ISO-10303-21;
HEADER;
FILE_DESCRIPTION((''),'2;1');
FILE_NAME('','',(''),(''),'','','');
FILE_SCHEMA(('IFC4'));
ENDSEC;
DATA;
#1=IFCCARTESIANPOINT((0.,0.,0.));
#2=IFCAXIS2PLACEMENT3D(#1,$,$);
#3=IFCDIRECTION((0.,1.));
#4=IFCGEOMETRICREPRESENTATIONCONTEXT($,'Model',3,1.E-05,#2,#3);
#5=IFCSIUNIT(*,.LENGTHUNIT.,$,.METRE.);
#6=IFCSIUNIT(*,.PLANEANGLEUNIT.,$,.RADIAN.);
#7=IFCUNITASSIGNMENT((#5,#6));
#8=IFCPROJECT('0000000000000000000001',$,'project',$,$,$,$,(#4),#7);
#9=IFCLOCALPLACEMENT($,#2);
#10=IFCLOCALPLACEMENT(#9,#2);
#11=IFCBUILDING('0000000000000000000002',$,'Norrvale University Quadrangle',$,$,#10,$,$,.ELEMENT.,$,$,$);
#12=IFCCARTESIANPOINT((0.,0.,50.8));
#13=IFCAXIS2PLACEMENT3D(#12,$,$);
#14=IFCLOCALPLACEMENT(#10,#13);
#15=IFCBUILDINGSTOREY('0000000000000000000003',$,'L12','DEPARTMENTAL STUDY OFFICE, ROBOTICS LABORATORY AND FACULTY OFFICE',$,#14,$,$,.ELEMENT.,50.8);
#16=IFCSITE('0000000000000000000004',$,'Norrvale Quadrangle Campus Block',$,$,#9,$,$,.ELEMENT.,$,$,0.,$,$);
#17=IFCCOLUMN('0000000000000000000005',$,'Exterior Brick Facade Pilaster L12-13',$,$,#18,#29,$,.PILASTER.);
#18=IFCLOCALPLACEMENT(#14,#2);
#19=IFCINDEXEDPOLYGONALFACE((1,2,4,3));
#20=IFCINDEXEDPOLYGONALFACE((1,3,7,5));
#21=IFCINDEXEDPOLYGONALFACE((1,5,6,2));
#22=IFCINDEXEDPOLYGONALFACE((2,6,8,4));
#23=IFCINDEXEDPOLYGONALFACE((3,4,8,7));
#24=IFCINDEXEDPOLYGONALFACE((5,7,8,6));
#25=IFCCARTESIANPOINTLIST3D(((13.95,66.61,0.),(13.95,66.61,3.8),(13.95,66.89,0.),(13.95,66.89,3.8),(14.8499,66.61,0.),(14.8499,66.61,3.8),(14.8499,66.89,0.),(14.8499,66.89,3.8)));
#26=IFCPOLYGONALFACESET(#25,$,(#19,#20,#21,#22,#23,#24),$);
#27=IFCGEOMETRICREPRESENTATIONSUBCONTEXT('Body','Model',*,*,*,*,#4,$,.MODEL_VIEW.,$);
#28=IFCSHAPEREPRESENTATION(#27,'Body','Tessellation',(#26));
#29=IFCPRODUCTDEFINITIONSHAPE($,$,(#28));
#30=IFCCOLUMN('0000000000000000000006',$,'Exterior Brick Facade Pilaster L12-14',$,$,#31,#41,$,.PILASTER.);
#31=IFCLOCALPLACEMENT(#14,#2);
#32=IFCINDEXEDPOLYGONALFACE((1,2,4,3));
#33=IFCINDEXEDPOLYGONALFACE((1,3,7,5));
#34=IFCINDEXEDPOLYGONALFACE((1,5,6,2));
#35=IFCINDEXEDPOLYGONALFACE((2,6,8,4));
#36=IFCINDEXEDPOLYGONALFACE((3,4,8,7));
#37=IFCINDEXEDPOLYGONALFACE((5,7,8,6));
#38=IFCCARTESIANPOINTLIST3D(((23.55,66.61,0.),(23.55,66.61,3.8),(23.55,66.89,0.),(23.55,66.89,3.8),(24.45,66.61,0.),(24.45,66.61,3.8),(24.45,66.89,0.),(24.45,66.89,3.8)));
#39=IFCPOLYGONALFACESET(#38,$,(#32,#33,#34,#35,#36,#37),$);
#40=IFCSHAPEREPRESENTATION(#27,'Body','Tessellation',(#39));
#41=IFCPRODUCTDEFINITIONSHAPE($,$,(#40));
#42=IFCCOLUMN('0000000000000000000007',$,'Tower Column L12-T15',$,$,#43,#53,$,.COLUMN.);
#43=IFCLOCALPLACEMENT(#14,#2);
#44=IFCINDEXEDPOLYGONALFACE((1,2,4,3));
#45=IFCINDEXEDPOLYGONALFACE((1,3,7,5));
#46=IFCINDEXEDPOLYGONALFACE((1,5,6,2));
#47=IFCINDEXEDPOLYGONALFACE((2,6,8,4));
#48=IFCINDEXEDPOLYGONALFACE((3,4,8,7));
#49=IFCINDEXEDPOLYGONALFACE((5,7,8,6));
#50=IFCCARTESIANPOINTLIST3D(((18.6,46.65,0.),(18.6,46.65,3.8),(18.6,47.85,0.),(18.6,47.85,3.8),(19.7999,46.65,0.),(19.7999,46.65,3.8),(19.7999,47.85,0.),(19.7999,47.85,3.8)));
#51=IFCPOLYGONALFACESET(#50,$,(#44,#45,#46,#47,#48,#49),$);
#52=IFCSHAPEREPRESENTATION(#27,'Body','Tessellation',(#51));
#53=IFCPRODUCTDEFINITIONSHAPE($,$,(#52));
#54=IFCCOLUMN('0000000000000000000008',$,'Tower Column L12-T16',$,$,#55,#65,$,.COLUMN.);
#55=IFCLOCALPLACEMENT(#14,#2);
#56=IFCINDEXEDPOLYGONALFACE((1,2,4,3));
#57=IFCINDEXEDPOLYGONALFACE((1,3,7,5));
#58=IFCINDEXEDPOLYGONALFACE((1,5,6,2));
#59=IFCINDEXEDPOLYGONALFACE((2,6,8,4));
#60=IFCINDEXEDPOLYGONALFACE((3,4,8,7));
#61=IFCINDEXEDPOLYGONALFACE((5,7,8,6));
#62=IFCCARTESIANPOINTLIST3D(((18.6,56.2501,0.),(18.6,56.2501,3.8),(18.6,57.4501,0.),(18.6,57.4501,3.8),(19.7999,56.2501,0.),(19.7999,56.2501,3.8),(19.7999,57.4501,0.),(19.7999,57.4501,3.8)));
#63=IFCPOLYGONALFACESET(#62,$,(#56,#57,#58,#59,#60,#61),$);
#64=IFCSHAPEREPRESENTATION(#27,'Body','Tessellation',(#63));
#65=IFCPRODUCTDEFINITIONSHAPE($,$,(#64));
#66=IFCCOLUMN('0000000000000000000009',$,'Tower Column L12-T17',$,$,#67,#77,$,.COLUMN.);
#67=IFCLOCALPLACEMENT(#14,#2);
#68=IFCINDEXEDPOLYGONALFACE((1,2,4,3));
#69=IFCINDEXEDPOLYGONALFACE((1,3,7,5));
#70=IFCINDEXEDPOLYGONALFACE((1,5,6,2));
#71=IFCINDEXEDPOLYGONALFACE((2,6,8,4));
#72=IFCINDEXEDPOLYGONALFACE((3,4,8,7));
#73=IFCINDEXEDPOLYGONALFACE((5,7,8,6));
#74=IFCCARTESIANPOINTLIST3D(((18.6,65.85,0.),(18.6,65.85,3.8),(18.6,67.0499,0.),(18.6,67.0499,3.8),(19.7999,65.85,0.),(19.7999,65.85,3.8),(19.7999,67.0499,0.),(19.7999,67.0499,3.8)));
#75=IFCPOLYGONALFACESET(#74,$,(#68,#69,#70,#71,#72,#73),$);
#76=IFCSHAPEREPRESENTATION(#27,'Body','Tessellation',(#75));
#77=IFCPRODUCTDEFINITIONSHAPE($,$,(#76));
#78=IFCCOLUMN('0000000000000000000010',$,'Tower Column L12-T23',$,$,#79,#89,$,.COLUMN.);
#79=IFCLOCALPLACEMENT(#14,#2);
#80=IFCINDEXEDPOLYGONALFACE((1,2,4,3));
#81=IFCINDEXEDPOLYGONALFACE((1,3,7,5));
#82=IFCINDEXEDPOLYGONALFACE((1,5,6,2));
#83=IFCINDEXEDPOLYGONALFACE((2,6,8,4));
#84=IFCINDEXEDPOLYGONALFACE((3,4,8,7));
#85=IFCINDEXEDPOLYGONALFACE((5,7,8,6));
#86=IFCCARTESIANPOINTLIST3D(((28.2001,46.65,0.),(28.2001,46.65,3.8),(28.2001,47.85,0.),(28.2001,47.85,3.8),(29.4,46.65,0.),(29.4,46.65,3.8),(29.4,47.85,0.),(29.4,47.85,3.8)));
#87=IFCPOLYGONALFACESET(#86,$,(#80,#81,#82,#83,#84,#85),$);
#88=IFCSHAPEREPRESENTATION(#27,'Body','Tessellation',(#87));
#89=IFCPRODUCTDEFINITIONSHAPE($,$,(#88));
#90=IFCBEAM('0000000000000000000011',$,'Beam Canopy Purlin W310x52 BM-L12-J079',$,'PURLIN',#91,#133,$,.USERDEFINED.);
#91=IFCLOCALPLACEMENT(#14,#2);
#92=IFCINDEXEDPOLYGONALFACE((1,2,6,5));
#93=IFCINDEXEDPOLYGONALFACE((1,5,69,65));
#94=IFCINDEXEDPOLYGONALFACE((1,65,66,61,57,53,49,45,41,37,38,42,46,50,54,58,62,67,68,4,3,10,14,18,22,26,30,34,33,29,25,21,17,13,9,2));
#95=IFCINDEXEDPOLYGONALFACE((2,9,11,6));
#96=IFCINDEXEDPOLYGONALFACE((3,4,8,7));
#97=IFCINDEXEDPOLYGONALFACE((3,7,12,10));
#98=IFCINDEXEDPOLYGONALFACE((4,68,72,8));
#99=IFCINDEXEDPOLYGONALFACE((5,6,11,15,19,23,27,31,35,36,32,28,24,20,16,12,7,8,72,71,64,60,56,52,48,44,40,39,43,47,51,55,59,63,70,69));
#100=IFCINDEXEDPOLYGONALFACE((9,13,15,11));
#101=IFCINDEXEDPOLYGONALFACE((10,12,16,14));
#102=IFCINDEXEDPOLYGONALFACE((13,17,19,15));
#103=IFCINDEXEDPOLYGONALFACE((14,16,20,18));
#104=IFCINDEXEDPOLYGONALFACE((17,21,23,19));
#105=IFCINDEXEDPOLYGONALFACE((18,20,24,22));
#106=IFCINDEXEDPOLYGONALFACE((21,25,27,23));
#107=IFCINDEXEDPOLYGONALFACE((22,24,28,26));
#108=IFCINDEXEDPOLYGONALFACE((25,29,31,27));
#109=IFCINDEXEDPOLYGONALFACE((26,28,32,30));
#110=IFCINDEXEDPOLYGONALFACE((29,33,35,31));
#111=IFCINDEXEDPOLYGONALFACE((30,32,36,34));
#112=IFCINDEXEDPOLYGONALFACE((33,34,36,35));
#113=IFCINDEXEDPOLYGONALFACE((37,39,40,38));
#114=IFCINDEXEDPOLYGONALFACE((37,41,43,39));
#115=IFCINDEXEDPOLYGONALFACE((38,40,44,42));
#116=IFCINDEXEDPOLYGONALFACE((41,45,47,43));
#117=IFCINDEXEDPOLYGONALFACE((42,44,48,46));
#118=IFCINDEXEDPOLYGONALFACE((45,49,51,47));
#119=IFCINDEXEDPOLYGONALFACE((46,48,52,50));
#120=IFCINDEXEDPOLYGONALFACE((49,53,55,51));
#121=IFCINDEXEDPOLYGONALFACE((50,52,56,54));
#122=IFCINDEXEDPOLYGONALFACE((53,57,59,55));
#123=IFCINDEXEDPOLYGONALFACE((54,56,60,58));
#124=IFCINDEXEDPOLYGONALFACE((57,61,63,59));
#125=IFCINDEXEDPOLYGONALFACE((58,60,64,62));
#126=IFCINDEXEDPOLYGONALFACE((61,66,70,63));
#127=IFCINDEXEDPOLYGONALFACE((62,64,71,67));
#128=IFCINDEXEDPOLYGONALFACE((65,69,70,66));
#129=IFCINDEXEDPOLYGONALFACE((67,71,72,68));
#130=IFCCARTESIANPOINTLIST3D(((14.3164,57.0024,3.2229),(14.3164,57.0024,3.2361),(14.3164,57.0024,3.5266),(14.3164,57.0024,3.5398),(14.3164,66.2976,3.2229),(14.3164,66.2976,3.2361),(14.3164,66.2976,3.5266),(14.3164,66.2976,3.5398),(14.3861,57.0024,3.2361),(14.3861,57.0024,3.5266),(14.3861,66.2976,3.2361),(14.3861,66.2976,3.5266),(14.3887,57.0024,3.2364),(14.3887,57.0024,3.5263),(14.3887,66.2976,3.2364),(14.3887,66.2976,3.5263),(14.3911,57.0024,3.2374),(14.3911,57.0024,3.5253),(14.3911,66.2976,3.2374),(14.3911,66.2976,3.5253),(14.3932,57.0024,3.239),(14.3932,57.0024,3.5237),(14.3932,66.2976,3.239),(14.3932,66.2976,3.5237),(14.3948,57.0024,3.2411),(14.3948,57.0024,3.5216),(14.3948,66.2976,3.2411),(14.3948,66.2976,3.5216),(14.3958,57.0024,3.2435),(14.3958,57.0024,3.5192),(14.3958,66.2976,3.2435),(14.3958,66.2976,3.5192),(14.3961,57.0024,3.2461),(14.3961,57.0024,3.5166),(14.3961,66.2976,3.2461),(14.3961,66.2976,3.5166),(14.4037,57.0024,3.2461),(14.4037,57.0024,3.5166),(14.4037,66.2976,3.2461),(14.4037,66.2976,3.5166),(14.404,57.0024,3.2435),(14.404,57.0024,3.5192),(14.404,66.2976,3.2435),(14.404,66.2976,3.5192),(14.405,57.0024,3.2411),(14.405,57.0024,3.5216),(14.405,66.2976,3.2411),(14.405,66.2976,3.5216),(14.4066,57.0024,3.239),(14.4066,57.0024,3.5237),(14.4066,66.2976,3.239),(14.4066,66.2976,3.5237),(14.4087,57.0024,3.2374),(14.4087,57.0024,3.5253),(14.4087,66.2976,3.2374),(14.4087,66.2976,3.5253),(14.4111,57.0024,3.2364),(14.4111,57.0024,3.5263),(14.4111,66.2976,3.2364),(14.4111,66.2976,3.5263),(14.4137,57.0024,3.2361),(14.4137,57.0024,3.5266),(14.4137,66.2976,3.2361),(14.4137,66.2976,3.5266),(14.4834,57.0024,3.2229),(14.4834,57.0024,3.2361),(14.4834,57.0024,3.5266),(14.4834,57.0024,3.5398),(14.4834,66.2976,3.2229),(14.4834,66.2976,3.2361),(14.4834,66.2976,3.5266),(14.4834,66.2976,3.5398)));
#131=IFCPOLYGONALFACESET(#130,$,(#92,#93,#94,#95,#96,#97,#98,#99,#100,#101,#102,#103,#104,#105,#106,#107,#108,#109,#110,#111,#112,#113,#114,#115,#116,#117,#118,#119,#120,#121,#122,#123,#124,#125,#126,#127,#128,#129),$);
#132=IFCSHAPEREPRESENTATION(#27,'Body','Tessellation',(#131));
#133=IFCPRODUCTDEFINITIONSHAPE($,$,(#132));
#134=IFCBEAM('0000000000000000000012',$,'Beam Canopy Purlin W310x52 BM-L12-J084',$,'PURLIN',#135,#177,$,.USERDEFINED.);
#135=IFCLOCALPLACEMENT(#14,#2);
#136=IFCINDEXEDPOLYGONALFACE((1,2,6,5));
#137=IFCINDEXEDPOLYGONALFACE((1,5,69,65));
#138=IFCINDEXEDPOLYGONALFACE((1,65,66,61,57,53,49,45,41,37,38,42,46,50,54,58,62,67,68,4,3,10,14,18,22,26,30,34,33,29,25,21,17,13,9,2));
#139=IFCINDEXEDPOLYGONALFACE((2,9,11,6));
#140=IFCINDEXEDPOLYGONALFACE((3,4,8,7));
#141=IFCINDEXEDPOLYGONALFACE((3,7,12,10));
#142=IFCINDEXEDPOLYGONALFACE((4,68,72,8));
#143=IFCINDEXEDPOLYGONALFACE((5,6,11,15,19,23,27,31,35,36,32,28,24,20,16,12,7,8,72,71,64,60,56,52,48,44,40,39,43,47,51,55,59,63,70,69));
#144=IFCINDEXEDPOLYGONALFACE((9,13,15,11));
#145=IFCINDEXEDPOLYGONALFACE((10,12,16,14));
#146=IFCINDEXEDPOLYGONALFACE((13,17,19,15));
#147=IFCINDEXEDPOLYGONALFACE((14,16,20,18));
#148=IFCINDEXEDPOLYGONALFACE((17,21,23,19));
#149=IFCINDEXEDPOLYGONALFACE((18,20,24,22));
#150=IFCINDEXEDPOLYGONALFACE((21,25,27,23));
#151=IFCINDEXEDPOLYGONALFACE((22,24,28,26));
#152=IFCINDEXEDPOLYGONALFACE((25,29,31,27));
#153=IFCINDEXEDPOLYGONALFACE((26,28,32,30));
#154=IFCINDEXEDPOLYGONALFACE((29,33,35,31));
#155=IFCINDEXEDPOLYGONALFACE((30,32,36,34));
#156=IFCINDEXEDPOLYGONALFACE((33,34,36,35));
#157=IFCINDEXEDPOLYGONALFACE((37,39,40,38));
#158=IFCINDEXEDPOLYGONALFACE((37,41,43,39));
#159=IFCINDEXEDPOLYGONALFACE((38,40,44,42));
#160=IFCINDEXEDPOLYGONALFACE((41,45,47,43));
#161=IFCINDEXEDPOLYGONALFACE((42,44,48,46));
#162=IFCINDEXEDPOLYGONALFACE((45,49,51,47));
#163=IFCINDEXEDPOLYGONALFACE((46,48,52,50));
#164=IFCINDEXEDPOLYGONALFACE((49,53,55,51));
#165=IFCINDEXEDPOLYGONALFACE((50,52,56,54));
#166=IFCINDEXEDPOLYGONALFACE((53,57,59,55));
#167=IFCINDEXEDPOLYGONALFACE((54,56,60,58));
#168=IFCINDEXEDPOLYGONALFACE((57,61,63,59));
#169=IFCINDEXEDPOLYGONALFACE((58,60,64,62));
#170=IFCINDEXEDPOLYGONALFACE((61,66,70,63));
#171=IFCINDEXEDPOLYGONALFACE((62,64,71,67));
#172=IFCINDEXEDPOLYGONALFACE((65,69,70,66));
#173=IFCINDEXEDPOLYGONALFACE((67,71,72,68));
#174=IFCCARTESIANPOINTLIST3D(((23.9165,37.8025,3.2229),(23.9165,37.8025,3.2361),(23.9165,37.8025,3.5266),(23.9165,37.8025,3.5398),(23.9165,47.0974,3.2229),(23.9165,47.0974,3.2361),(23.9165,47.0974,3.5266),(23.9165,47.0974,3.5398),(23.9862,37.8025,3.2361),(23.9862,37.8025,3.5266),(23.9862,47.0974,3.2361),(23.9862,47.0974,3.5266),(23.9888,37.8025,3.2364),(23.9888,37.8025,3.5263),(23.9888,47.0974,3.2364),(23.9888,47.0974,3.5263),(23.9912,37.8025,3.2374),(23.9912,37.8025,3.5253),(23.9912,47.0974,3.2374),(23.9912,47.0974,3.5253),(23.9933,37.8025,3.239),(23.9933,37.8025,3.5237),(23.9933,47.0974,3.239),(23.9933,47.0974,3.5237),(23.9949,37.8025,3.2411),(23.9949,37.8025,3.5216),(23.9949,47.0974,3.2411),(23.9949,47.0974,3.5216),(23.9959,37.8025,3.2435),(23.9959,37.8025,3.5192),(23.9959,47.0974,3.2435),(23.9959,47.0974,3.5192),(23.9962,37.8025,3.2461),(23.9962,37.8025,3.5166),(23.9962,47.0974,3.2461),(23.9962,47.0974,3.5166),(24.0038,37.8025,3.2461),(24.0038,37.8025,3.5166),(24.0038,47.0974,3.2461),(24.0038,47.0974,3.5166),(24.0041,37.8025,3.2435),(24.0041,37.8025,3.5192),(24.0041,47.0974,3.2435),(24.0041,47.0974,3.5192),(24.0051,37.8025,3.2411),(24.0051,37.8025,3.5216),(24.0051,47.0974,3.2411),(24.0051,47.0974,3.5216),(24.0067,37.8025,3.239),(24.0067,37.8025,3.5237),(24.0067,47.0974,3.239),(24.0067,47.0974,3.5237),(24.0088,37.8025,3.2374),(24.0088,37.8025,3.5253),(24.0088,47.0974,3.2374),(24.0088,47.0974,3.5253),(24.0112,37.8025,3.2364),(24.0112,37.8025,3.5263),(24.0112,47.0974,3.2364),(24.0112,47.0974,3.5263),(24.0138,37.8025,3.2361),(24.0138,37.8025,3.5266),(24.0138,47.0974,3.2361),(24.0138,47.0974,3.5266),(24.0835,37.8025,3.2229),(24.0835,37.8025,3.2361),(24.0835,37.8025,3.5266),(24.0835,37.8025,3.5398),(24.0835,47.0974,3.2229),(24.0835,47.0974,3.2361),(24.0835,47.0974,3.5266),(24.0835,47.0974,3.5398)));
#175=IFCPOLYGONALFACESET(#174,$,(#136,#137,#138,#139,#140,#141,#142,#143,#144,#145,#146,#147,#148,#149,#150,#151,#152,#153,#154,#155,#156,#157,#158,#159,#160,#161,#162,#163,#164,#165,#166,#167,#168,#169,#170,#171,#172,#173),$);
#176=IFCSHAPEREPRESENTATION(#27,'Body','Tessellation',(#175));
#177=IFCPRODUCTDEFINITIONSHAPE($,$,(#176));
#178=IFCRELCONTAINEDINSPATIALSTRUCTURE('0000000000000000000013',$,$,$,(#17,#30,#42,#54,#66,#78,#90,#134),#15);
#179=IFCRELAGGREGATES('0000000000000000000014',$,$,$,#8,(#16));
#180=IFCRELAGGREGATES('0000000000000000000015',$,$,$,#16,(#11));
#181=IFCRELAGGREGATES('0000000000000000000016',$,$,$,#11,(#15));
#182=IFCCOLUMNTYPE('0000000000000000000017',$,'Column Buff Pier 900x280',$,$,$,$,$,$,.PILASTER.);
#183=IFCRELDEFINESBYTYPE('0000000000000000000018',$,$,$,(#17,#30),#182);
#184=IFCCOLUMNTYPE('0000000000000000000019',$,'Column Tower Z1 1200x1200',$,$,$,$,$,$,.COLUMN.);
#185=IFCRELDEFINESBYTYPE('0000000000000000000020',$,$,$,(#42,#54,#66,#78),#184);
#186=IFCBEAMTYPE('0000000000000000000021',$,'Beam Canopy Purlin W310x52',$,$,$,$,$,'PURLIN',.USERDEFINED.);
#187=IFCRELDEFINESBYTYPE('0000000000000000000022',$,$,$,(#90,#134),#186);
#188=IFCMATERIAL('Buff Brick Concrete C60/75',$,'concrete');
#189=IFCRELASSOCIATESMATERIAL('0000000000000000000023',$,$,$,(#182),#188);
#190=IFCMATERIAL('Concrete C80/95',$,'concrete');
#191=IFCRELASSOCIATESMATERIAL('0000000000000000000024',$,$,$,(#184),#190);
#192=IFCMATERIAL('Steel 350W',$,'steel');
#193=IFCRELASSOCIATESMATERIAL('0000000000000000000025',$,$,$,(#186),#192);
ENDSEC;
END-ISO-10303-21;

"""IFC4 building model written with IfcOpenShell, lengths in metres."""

from ifc_helpers import new_model, si_unit, direction, frame, origin, origin_2d, place, context, subcontext, project, spatial, rectangle, i_section, extrude, material, material_profile, profile_set, type_object, element, save


model = new_model("IFC4")

# Units and contexts
model_context = context("Model", 3, precision=1e-05, world=origin(), true_north=direction((0.0, 1.0)))
body_context = subcontext(model_context, "Body", "Model", "MODEL_VIEW")
ifc_project = project(units=[si_unit("LENGTHUNIT", "METRE"), si_unit("PLANEANGLEUNIT", "RADIAN")], contexts=[model_context])

# Site, building, storey
site_placement = place(None, origin())
site = spatial("IfcSite", under=ifc_project, at=site_placement, Name="Norrvale Quadrangle Campus Block", CompositionType="ELEMENT", RefElevation=0.0)
building_placement = place(site_placement, origin())
building = spatial("IfcBuilding", under=site, at=building_placement, Name="Norrvale University Quadrangle", CompositionType="ELEMENT")
storey_placement = place(building_placement, frame((0.0, 0.0, 50.8)))
storey = spatial("IfcBuildingStorey", under=building, at=storey_placement, Name="L12", Description="DEPARTMENTAL STUDY OFFICE, ROBOTICS LABORATORY AND FACULTY OFFICE", CompositionType="ELEMENT", Elevation=50.8)

# Columns
ifc_material_1 = material(Name="Buff Brick Concrete C60/75", Category="concrete")
ifc_material_profile_1 = material_profile(ifc_material_1, rectangle(XDim=0.8999, YDim=0.28, at=origin_2d()), Name="Buff Brick Concrete C60/75")
ifc_profile_set_1 = profile_set([ifc_material_profile_1], Name="Buff Brick Concrete C60/75")
column_type_1 = type_object("IfcColumnType", Name="Column Buff Pier 900x280", PredefinedType="PILASTER", material=ifc_profile_set_1)
for number, where, z_axis, x_axis, name in (
    (1, (14.3999, 66.75, 0.0), (0.0, 0.0, 1.0), (1.0, 0.0, 0.0), "Exterior Brick Facade Pilaster L12-13"),
    (2, (24.0, 66.75, 0.0), (0.0, 0.0, 1.0), (1.0, 0.0, 0.0), "Exterior Brick Facade Pilaster L12-14"),
):
    element("IfcColumn", number, at=place(storey_placement, frame(where, z_axis=z_axis, x_axis=x_axis)), inside=storey, type_object=column_type_1, Name=name, PredefinedType="PILASTER", context=body_context, shape_type="SweptSolid", body=[
        extrude(rectangle(XDim=0.8999, YDim=0.28, at=origin_2d()), origin(), (0.0, 0.0, 1.0), 3.8),
    ])
ifc_material_2 = material(Name="Concrete C80/95", Category="concrete")
ifc_material_profile_2 = material_profile(ifc_material_2, rectangle(XDim=1.2, YDim=1.2, at=origin_2d()), Name="Concrete C80/95")
ifc_profile_set_2 = profile_set([ifc_material_profile_2], Name="Concrete C80/95")
column_type_2 = type_object("IfcColumnType", Name="Column Tower Z1 1200x1200", PredefinedType="COLUMN", material=ifc_profile_set_2)
for number, where, z_axis, x_axis, name in (
    (3, (19.2, 47.25, 0.0), (0.0, 0.0, 1.0), (1.0, 0.0, 0.0), "Tower Column L12-T15"),
    (4, (19.2, 56.8501, 0.0), (0.0, 0.0, 1.0), (1.0, 0.0, 0.0), "Tower Column L12-T16"),
    (5, (19.2, 66.45, 0.0), (0.0, 0.0, 1.0), (1.0, 0.0, 0.0), "Tower Column L12-T17"),
    (6, (28.8, 47.25, 0.0), (0.0, 0.0, 1.0), (1.0, 0.0, 0.0), "Tower Column L12-T23"),
):
    element("IfcColumn", number, at=place(storey_placement, frame(where, z_axis=z_axis, x_axis=x_axis)), inside=storey, type_object=column_type_2, Name=name, PredefinedType="COLUMN", context=body_context, shape_type="SweptSolid", body=[
        extrude(rectangle(XDim=1.2, YDim=1.2, at=origin_2d()), origin(), (0.0, 0.0, 1.0), 3.8),
    ])

# Beams
ifc_material_3 = material(Name="Steel 350W", Category="steel")
ifc_material_profile_3 = material_profile(ifc_material_3, i_section(OverallWidth=0.167, OverallDepth=0.3169, WebThickness=0.0076, FlangeThickness=0.0132, FilletRadius=0.01, at=origin_2d()), Name="Steel 350W")
ifc_profile_set_3 = profile_set([ifc_material_profile_3], Name="Steel 350W")
beam_type_1 = type_object("IfcBeamType", Name="Beam Canopy Purlin W310x52", ElementType="PURLIN", PredefinedType="USERDEFINED", material=ifc_profile_set_3)
beam_1_placement = place(storey_placement, frame((14.3999, 57.0024, 3.3813), z_axis=(0.0, 1.0, 0.0), x_axis=(-1.0, 0.0, 0.0)))
element("IfcBeam", 7, at=beam_1_placement, inside=storey, type_object=beam_type_1, Name="Beam Canopy Purlin W310x52 BM-L12-J079", ObjectType="PURLIN", PredefinedType="USERDEFINED", context=body_context, shape_type="SweptSolid", body=[
    extrude(i_section(OverallWidth=0.167, OverallDepth=0.3169, WebThickness=0.0076, FlangeThickness=0.0132, FilletRadius=0.01, at=origin_2d()), origin(), (0.0, 0.0, 1.0), 9.2952),
])
for number, where, z_axis, x_axis, name in (
    (8, (24.0, 37.8025, 3.3813), (0.0, 1.0, 0.0), (-1.0, 0.0, 0.0), "Beam Canopy Purlin W310x52 BM-L12-J084"),
):
    element("IfcBeam", number, at=place(storey_placement, frame(where, z_axis=z_axis, x_axis=x_axis)), inside=storey, type_object=beam_type_1, Name=name, ObjectType="PURLIN", PredefinedType="USERDEFINED", context=body_context, shape_type="SweptSolid", body=[
        extrude(i_section(OverallWidth=0.167, OverallDepth=0.3169, WebThickness=0.0076, FlangeThickness=0.0132, FilletRadius=0.01, at=origin_2d()), origin(), (0.0, 0.0, 1.0), 9.2949),
    ])

save(model, "model.ifc")
